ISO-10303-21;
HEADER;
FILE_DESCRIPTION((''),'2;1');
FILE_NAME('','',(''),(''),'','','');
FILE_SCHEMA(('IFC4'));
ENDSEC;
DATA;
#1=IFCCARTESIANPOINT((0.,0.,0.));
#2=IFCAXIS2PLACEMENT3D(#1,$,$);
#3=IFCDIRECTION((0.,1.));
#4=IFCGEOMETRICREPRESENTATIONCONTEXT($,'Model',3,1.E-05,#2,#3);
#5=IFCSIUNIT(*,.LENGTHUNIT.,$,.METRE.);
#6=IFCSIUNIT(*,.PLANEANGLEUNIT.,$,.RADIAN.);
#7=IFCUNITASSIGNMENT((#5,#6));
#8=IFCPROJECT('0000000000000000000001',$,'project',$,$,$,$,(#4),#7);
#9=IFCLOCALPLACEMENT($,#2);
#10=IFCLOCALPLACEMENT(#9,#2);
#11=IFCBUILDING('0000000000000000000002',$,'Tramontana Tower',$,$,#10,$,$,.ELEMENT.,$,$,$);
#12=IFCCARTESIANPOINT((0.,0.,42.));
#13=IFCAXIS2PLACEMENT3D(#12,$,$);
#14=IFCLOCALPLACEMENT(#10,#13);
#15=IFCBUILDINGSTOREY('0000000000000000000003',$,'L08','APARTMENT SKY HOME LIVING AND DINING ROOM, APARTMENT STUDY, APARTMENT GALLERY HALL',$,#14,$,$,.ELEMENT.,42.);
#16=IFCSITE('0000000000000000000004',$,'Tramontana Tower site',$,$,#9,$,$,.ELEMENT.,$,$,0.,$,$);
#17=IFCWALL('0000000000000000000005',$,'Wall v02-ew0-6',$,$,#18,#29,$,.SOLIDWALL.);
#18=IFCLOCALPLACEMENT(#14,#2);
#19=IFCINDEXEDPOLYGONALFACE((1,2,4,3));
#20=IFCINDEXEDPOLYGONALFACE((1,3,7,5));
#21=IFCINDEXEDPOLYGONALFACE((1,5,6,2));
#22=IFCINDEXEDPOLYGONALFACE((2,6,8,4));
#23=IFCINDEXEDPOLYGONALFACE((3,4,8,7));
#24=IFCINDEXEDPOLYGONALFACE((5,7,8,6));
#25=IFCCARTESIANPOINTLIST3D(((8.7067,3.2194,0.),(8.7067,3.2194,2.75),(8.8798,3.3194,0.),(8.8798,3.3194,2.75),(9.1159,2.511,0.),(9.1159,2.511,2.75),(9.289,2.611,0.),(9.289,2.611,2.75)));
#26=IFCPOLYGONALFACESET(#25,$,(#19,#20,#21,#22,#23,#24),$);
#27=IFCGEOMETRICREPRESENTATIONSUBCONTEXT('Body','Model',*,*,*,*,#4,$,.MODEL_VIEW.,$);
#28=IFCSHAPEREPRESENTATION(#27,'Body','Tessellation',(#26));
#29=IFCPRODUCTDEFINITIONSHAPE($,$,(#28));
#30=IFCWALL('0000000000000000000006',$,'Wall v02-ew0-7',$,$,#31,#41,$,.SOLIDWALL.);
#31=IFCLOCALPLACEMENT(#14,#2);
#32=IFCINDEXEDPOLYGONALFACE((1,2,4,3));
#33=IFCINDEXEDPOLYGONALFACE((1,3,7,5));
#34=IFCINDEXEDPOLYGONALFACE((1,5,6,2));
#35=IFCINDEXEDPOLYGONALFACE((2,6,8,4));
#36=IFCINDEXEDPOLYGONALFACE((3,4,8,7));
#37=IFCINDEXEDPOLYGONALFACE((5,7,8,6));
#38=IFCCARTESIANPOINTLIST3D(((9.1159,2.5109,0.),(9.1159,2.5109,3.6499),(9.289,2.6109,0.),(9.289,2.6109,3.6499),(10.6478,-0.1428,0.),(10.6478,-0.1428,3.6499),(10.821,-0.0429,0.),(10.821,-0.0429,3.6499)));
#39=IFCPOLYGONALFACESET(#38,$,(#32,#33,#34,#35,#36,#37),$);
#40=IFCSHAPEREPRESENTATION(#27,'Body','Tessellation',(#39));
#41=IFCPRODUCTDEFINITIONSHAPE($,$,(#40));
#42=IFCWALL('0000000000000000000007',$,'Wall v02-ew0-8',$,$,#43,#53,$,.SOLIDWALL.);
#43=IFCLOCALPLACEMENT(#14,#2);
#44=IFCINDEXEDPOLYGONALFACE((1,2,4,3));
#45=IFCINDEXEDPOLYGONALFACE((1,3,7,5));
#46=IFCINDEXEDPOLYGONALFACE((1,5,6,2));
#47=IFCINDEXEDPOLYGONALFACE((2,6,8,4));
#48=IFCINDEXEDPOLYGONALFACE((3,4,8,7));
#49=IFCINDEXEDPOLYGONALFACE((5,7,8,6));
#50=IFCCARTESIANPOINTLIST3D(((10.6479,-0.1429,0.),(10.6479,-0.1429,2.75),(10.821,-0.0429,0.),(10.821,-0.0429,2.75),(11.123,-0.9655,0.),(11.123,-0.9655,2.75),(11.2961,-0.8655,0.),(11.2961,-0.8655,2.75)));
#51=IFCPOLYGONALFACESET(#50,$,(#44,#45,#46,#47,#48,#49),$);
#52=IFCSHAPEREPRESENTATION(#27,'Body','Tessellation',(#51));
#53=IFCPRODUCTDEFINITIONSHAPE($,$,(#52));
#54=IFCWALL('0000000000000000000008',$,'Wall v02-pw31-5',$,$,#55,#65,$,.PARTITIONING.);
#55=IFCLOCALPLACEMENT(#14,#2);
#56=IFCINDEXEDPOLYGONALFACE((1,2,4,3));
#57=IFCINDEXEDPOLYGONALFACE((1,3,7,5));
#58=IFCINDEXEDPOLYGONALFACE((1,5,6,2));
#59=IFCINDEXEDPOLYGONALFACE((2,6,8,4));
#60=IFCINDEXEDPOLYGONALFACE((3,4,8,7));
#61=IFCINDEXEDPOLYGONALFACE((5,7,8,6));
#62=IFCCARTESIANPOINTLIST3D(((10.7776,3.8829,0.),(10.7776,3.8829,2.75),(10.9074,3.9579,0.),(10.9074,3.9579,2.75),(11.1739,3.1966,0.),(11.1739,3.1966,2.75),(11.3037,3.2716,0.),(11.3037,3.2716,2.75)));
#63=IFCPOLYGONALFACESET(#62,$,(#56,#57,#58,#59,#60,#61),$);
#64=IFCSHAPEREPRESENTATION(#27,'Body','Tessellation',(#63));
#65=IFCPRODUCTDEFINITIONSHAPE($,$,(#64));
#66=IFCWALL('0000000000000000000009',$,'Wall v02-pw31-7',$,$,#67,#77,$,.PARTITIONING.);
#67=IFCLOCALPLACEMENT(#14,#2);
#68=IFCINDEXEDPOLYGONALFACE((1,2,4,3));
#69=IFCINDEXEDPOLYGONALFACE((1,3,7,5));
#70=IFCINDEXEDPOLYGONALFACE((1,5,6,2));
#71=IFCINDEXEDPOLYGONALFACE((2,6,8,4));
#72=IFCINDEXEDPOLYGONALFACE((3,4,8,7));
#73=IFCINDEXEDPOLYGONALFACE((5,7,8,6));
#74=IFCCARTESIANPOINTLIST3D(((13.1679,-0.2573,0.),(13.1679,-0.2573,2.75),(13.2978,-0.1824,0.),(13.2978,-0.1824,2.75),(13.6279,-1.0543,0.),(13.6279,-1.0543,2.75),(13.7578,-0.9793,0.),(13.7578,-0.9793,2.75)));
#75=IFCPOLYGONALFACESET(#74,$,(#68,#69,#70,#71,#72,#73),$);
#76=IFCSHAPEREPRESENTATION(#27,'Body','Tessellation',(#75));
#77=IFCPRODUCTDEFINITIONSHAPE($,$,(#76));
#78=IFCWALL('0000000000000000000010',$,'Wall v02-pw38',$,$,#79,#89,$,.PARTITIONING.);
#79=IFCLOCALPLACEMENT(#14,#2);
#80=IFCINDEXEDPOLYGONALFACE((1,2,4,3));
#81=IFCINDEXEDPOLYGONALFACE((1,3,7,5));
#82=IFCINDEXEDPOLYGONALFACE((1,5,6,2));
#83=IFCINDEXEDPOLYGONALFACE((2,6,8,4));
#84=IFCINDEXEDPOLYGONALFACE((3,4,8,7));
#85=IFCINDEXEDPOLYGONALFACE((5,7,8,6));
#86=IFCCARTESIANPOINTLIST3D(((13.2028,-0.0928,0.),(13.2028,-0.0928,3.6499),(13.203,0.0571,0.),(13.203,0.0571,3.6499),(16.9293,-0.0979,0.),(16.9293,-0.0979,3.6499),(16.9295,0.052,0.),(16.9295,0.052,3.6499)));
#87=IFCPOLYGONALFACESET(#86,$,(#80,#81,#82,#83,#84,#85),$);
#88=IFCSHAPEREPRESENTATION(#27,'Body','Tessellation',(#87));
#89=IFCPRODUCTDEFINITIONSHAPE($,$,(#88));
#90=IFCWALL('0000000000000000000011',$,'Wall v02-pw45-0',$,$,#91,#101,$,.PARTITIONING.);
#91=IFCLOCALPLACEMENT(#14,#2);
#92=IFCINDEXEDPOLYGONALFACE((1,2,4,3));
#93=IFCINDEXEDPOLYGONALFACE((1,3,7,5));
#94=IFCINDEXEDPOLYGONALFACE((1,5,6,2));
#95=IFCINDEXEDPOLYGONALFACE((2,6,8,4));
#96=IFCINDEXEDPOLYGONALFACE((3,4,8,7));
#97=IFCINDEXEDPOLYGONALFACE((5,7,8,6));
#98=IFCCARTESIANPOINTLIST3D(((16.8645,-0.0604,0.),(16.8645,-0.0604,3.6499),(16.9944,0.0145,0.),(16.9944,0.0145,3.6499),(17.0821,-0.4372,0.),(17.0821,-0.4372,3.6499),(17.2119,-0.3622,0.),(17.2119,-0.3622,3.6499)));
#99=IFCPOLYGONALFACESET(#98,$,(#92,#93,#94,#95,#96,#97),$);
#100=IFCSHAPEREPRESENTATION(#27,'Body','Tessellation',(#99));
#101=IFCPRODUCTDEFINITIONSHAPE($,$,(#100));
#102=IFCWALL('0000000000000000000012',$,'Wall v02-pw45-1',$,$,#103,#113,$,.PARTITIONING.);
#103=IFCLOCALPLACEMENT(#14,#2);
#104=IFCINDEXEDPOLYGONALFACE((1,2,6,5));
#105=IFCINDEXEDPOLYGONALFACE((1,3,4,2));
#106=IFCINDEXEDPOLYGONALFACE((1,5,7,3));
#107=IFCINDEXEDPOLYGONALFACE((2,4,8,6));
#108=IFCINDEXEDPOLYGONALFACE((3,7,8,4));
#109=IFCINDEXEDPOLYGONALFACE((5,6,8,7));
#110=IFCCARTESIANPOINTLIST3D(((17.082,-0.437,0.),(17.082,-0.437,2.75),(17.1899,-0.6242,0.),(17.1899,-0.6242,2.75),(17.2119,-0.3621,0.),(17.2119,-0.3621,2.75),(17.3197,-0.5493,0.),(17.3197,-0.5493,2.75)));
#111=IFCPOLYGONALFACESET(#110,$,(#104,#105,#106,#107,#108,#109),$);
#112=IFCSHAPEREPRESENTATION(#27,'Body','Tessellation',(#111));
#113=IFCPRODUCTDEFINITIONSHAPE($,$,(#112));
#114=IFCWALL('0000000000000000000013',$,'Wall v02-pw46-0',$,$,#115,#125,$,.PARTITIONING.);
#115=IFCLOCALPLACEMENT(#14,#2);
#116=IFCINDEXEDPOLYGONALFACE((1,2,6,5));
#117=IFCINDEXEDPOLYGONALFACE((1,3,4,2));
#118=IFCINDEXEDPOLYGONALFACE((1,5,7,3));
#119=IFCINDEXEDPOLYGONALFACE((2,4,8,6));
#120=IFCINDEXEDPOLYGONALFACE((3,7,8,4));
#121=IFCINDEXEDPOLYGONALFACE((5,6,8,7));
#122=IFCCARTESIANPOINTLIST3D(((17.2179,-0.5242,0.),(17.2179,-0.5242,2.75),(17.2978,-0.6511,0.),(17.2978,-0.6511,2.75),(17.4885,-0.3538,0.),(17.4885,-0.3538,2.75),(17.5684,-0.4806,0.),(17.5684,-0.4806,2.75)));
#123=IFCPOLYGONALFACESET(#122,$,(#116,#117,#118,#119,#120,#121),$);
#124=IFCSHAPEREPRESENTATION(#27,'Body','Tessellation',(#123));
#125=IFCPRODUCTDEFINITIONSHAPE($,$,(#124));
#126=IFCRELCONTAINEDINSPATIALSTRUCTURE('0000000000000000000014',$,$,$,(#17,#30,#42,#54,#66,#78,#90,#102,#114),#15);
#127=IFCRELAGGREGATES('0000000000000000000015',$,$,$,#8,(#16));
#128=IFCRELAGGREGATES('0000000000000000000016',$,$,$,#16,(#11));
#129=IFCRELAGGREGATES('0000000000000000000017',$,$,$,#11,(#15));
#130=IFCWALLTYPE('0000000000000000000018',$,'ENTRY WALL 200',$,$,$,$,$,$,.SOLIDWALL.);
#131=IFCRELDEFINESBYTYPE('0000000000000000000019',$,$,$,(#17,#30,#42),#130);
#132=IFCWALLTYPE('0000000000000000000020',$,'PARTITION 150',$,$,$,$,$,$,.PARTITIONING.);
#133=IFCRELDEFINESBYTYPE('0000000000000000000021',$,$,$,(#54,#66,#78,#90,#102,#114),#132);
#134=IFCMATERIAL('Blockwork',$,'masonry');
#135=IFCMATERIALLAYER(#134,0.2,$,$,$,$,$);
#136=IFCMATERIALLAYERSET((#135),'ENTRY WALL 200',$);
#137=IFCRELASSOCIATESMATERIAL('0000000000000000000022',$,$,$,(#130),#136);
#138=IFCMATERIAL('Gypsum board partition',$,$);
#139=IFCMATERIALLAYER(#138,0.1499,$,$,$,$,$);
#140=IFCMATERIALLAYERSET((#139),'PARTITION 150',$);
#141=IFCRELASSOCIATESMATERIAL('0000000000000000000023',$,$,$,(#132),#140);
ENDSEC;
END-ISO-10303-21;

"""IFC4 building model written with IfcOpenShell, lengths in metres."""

from ifc_helpers import new_model, si_unit, direction, frame, frame_2d, origin, place, context, subcontext, project, spatial, rectangle, extrude, material, layer, layer_set, type_object, element, save


model = new_model("IFC4")

# Units and contexts
model_context = context("Model", 3, precision=1e-05, world=origin(), true_north=direction((0.0, 1.0)))
body_context = subcontext(model_context, "Body", "Model", "MODEL_VIEW")
ifc_project = project(units=[si_unit("LENGTHUNIT", "METRE"), si_unit("PLANEANGLEUNIT", "RADIAN")], contexts=[model_context])

# Site, building, storey
site_placement = place(None, origin())
site = spatial("IfcSite", under=ifc_project, at=site_placement, Name="Tramontana Tower site", CompositionType="ELEMENT", RefElevation=0.0)
building_placement = place(site_placement, origin())
building = spatial("IfcBuilding", under=site, at=building_placement, Name="Tramontana Tower", CompositionType="ELEMENT")
storey_placement = place(building_placement, frame((0.0, 0.0, 42.0)))
storey = spatial("IfcBuildingStorey", under=building, at=storey_placement, Name="L08", Description="APARTMENT SKY HOME LIVING AND DINING ROOM, APARTMENT STUDY, APARTMENT GALLERY HALL", CompositionType="ELEMENT", Elevation=42.0)

# Walls
ifc_material_1 = material(Name="Blockwork", Category="masonry")
ifc_layer_1 = layer(ifc_material_1, 0.2)
ifc_layer_set_1 = layer_set([ifc_layer_1], Name="ENTRY WALL 200")
wall_type_1 = type_object("IfcWallType", Name="ENTRY WALL 200", PredefinedType="SOLIDWALL", material=ifc_layer_set_1)
wall_1_placement = place(storey_placement, frame((8.7932, 3.2695, 0.0), z_axis=(0.0, 0.0, 1.0), x_axis=(0.500119, -0.865957, 0.0)))
element("IfcWall", 1, at=wall_1_placement, inside=storey, type_object=wall_type_1, Name="Wall v02-ew0-6", PredefinedType="SOLIDWALL", context=body_context, shape_type="SweptSolid", body=[
    extrude(rectangle(XDim=0.8181, YDim=0.2, at=frame_2d((0.4092, 0.0))), origin(), (0.0, 0.0, 1.0), 2.75),
])
wall_2_placement = place(storey_placement, frame((9.2024, 2.561, 0.0), z_axis=(0.0, 0.0, 1.0), x_axis=(0.499952, -0.866053, 0.0)))
element("IfcWall", 2, at=wall_2_placement, inside=storey, type_object=wall_type_1, Name="Wall v02-ew0-7", PredefinedType="SOLIDWALL", context=body_context, shape_type="SweptSolid", body=[
    extrude(rectangle(XDim=3.0642, YDim=0.2, at=frame_2d((1.5322, 0.0))), origin(), (0.0, 0.0, 1.0), 3.6499),
])
wall_3_placement = place(storey_placement, frame((10.7344, -0.0928, 0.0), z_axis=(0.0, 0.0, 1.0), x_axis=(0.500175, -0.865924, 0.0)))
element("IfcWall", 3, at=wall_3_placement, inside=storey, type_object=wall_type_1, Name="Wall v02-ew0-8", PredefinedType="SOLIDWALL", context=body_context, shape_type="SweptSolid", body=[
    extrude(rectangle(XDim=0.95, YDim=0.2, at=frame_2d((0.4751, 0.0))), origin(), (0.0, 0.0, 1.0), 2.75),
])

# Shared definitions
ifc_material_2 = material(Name="Gypsum board partition")
ifc_layer_2 = layer(ifc_material_2, 0.1499)
ifc_layer_set_2 = layer_set([ifc_layer_2], Name="PARTITION 150")
wall_type_2 = type_object("IfcWallType", Name="PARTITION 150", PredefinedType="PARTITIONING", material=ifc_layer_set_2)

# Wall
wall_4_placement = place(storey_placement, frame((10.8425, 3.9204, 0.0), z_axis=(0.0, 0.0, 1.0), x_axis=(0.500016, -0.866016, 0.0)))
element("IfcWall", 4, at=wall_4_placement, inside=storey, type_object=wall_type_2, Name="Wall v02-pw31-5", PredefinedType="PARTITIONING", context=body_context, shape_type="SweptSolid", body=[
    extrude(rectangle(XDim=0.7925, YDim=0.1499, at=frame_2d((0.3962, 0.0))), origin(), (0.0, 0.0, 1.0), 2.75),
])

# Walls
wall_5_placement = place(storey_placement, frame((13.2329, -0.22, 0.0), z_axis=(0.0, 0.0, 1.0), x_axis=(0.499906, -0.86608, 0.0)))
element("IfcWall", 5, at=wall_5_placement, inside=storey, type_object=wall_type_2, Name="Wall v02-pw31-7", PredefinedType="PARTITIONING", context=body_context, shape_type="SweptSolid", body=[
    extrude(rectangle(XDim=0.9202, YDim=0.1499, at=frame_2d((0.46, 0.0))), origin(), (0.0, 0.0, 1.0), 2.75),
])
wall_6_placement = place(storey_placement, frame((13.2029, -0.0178, 0.0), z_axis=(0.0, 0.0, 1.0), x_axis=(0.999999, -0.001376, 0.0)))
element("IfcWall", 6, at=wall_6_placement, inside=storey, type_object=wall_type_2, Name="Wall v02-pw38", PredefinedType="PARTITIONING", context=body_context, shape_type="SweptSolid", body=[
    extrude(rectangle(XDim=3.7266, YDim=0.1499, at=frame_2d((1.8633, 0.0))), origin(), (0.0, 0.0, 1.0), 3.6499),
])
wall_7_placement = place(storey_placement, frame((16.9294, -0.0229, 0.0), z_axis=(0.0, 0.0, 1.0), x_axis=(0.500063, -0.865989, 0.0)))
element("IfcWall", 7, at=wall_7_placement, inside=storey, type_object=wall_type_2, Name="Wall v02-pw45-0", PredefinedType="PARTITIONING", context=body_context, shape_type="SweptSolid", body=[
    extrude(rectangle(XDim=0.4351, YDim=0.1499, at=frame_2d((0.2175, 0.0))), origin(), (0.0, 0.0, 1.0), 3.6499),
])
wall_8_placement = place(storey_placement, frame((17.147, -0.3997, 0.0), z_axis=(0.0, 0.0, 1.0), x_axis=(0.499299, -0.86643, 0.0)))
element("IfcWall", 8, at=wall_8_placement, inside=storey, type_object=wall_type_2, Name="Wall v02-pw45-1", PredefinedType="PARTITIONING", context=body_context, shape_type="SweptSolid", body=[
    extrude(rectangle(XDim=0.2161, YDim=0.1499, at=frame_2d((0.1079, 0.0))), origin(), (0.0, 0.0, 1.0), 2.75),
])
wall_9_placement = place(storey_placement, frame((17.2578, -0.5876, 0.0), z_axis=(0.0, 0.0, 1.0), x_axis=(0.846105, 0.533016, 0.0)))
element("IfcWall", 9, at=wall_9_placement, inside=storey, type_object=wall_type_2, Name="Wall v02-pw46-0", PredefinedType="PARTITIONING", context=body_context, shape_type="SweptSolid", body=[
    extrude(rectangle(XDim=0.3198, YDim=0.1499, at=frame_2d((0.1599, 0.0))), origin(), (0.0, 0.0, 1.0), 2.75),
])

save(model, "model.ifc")
